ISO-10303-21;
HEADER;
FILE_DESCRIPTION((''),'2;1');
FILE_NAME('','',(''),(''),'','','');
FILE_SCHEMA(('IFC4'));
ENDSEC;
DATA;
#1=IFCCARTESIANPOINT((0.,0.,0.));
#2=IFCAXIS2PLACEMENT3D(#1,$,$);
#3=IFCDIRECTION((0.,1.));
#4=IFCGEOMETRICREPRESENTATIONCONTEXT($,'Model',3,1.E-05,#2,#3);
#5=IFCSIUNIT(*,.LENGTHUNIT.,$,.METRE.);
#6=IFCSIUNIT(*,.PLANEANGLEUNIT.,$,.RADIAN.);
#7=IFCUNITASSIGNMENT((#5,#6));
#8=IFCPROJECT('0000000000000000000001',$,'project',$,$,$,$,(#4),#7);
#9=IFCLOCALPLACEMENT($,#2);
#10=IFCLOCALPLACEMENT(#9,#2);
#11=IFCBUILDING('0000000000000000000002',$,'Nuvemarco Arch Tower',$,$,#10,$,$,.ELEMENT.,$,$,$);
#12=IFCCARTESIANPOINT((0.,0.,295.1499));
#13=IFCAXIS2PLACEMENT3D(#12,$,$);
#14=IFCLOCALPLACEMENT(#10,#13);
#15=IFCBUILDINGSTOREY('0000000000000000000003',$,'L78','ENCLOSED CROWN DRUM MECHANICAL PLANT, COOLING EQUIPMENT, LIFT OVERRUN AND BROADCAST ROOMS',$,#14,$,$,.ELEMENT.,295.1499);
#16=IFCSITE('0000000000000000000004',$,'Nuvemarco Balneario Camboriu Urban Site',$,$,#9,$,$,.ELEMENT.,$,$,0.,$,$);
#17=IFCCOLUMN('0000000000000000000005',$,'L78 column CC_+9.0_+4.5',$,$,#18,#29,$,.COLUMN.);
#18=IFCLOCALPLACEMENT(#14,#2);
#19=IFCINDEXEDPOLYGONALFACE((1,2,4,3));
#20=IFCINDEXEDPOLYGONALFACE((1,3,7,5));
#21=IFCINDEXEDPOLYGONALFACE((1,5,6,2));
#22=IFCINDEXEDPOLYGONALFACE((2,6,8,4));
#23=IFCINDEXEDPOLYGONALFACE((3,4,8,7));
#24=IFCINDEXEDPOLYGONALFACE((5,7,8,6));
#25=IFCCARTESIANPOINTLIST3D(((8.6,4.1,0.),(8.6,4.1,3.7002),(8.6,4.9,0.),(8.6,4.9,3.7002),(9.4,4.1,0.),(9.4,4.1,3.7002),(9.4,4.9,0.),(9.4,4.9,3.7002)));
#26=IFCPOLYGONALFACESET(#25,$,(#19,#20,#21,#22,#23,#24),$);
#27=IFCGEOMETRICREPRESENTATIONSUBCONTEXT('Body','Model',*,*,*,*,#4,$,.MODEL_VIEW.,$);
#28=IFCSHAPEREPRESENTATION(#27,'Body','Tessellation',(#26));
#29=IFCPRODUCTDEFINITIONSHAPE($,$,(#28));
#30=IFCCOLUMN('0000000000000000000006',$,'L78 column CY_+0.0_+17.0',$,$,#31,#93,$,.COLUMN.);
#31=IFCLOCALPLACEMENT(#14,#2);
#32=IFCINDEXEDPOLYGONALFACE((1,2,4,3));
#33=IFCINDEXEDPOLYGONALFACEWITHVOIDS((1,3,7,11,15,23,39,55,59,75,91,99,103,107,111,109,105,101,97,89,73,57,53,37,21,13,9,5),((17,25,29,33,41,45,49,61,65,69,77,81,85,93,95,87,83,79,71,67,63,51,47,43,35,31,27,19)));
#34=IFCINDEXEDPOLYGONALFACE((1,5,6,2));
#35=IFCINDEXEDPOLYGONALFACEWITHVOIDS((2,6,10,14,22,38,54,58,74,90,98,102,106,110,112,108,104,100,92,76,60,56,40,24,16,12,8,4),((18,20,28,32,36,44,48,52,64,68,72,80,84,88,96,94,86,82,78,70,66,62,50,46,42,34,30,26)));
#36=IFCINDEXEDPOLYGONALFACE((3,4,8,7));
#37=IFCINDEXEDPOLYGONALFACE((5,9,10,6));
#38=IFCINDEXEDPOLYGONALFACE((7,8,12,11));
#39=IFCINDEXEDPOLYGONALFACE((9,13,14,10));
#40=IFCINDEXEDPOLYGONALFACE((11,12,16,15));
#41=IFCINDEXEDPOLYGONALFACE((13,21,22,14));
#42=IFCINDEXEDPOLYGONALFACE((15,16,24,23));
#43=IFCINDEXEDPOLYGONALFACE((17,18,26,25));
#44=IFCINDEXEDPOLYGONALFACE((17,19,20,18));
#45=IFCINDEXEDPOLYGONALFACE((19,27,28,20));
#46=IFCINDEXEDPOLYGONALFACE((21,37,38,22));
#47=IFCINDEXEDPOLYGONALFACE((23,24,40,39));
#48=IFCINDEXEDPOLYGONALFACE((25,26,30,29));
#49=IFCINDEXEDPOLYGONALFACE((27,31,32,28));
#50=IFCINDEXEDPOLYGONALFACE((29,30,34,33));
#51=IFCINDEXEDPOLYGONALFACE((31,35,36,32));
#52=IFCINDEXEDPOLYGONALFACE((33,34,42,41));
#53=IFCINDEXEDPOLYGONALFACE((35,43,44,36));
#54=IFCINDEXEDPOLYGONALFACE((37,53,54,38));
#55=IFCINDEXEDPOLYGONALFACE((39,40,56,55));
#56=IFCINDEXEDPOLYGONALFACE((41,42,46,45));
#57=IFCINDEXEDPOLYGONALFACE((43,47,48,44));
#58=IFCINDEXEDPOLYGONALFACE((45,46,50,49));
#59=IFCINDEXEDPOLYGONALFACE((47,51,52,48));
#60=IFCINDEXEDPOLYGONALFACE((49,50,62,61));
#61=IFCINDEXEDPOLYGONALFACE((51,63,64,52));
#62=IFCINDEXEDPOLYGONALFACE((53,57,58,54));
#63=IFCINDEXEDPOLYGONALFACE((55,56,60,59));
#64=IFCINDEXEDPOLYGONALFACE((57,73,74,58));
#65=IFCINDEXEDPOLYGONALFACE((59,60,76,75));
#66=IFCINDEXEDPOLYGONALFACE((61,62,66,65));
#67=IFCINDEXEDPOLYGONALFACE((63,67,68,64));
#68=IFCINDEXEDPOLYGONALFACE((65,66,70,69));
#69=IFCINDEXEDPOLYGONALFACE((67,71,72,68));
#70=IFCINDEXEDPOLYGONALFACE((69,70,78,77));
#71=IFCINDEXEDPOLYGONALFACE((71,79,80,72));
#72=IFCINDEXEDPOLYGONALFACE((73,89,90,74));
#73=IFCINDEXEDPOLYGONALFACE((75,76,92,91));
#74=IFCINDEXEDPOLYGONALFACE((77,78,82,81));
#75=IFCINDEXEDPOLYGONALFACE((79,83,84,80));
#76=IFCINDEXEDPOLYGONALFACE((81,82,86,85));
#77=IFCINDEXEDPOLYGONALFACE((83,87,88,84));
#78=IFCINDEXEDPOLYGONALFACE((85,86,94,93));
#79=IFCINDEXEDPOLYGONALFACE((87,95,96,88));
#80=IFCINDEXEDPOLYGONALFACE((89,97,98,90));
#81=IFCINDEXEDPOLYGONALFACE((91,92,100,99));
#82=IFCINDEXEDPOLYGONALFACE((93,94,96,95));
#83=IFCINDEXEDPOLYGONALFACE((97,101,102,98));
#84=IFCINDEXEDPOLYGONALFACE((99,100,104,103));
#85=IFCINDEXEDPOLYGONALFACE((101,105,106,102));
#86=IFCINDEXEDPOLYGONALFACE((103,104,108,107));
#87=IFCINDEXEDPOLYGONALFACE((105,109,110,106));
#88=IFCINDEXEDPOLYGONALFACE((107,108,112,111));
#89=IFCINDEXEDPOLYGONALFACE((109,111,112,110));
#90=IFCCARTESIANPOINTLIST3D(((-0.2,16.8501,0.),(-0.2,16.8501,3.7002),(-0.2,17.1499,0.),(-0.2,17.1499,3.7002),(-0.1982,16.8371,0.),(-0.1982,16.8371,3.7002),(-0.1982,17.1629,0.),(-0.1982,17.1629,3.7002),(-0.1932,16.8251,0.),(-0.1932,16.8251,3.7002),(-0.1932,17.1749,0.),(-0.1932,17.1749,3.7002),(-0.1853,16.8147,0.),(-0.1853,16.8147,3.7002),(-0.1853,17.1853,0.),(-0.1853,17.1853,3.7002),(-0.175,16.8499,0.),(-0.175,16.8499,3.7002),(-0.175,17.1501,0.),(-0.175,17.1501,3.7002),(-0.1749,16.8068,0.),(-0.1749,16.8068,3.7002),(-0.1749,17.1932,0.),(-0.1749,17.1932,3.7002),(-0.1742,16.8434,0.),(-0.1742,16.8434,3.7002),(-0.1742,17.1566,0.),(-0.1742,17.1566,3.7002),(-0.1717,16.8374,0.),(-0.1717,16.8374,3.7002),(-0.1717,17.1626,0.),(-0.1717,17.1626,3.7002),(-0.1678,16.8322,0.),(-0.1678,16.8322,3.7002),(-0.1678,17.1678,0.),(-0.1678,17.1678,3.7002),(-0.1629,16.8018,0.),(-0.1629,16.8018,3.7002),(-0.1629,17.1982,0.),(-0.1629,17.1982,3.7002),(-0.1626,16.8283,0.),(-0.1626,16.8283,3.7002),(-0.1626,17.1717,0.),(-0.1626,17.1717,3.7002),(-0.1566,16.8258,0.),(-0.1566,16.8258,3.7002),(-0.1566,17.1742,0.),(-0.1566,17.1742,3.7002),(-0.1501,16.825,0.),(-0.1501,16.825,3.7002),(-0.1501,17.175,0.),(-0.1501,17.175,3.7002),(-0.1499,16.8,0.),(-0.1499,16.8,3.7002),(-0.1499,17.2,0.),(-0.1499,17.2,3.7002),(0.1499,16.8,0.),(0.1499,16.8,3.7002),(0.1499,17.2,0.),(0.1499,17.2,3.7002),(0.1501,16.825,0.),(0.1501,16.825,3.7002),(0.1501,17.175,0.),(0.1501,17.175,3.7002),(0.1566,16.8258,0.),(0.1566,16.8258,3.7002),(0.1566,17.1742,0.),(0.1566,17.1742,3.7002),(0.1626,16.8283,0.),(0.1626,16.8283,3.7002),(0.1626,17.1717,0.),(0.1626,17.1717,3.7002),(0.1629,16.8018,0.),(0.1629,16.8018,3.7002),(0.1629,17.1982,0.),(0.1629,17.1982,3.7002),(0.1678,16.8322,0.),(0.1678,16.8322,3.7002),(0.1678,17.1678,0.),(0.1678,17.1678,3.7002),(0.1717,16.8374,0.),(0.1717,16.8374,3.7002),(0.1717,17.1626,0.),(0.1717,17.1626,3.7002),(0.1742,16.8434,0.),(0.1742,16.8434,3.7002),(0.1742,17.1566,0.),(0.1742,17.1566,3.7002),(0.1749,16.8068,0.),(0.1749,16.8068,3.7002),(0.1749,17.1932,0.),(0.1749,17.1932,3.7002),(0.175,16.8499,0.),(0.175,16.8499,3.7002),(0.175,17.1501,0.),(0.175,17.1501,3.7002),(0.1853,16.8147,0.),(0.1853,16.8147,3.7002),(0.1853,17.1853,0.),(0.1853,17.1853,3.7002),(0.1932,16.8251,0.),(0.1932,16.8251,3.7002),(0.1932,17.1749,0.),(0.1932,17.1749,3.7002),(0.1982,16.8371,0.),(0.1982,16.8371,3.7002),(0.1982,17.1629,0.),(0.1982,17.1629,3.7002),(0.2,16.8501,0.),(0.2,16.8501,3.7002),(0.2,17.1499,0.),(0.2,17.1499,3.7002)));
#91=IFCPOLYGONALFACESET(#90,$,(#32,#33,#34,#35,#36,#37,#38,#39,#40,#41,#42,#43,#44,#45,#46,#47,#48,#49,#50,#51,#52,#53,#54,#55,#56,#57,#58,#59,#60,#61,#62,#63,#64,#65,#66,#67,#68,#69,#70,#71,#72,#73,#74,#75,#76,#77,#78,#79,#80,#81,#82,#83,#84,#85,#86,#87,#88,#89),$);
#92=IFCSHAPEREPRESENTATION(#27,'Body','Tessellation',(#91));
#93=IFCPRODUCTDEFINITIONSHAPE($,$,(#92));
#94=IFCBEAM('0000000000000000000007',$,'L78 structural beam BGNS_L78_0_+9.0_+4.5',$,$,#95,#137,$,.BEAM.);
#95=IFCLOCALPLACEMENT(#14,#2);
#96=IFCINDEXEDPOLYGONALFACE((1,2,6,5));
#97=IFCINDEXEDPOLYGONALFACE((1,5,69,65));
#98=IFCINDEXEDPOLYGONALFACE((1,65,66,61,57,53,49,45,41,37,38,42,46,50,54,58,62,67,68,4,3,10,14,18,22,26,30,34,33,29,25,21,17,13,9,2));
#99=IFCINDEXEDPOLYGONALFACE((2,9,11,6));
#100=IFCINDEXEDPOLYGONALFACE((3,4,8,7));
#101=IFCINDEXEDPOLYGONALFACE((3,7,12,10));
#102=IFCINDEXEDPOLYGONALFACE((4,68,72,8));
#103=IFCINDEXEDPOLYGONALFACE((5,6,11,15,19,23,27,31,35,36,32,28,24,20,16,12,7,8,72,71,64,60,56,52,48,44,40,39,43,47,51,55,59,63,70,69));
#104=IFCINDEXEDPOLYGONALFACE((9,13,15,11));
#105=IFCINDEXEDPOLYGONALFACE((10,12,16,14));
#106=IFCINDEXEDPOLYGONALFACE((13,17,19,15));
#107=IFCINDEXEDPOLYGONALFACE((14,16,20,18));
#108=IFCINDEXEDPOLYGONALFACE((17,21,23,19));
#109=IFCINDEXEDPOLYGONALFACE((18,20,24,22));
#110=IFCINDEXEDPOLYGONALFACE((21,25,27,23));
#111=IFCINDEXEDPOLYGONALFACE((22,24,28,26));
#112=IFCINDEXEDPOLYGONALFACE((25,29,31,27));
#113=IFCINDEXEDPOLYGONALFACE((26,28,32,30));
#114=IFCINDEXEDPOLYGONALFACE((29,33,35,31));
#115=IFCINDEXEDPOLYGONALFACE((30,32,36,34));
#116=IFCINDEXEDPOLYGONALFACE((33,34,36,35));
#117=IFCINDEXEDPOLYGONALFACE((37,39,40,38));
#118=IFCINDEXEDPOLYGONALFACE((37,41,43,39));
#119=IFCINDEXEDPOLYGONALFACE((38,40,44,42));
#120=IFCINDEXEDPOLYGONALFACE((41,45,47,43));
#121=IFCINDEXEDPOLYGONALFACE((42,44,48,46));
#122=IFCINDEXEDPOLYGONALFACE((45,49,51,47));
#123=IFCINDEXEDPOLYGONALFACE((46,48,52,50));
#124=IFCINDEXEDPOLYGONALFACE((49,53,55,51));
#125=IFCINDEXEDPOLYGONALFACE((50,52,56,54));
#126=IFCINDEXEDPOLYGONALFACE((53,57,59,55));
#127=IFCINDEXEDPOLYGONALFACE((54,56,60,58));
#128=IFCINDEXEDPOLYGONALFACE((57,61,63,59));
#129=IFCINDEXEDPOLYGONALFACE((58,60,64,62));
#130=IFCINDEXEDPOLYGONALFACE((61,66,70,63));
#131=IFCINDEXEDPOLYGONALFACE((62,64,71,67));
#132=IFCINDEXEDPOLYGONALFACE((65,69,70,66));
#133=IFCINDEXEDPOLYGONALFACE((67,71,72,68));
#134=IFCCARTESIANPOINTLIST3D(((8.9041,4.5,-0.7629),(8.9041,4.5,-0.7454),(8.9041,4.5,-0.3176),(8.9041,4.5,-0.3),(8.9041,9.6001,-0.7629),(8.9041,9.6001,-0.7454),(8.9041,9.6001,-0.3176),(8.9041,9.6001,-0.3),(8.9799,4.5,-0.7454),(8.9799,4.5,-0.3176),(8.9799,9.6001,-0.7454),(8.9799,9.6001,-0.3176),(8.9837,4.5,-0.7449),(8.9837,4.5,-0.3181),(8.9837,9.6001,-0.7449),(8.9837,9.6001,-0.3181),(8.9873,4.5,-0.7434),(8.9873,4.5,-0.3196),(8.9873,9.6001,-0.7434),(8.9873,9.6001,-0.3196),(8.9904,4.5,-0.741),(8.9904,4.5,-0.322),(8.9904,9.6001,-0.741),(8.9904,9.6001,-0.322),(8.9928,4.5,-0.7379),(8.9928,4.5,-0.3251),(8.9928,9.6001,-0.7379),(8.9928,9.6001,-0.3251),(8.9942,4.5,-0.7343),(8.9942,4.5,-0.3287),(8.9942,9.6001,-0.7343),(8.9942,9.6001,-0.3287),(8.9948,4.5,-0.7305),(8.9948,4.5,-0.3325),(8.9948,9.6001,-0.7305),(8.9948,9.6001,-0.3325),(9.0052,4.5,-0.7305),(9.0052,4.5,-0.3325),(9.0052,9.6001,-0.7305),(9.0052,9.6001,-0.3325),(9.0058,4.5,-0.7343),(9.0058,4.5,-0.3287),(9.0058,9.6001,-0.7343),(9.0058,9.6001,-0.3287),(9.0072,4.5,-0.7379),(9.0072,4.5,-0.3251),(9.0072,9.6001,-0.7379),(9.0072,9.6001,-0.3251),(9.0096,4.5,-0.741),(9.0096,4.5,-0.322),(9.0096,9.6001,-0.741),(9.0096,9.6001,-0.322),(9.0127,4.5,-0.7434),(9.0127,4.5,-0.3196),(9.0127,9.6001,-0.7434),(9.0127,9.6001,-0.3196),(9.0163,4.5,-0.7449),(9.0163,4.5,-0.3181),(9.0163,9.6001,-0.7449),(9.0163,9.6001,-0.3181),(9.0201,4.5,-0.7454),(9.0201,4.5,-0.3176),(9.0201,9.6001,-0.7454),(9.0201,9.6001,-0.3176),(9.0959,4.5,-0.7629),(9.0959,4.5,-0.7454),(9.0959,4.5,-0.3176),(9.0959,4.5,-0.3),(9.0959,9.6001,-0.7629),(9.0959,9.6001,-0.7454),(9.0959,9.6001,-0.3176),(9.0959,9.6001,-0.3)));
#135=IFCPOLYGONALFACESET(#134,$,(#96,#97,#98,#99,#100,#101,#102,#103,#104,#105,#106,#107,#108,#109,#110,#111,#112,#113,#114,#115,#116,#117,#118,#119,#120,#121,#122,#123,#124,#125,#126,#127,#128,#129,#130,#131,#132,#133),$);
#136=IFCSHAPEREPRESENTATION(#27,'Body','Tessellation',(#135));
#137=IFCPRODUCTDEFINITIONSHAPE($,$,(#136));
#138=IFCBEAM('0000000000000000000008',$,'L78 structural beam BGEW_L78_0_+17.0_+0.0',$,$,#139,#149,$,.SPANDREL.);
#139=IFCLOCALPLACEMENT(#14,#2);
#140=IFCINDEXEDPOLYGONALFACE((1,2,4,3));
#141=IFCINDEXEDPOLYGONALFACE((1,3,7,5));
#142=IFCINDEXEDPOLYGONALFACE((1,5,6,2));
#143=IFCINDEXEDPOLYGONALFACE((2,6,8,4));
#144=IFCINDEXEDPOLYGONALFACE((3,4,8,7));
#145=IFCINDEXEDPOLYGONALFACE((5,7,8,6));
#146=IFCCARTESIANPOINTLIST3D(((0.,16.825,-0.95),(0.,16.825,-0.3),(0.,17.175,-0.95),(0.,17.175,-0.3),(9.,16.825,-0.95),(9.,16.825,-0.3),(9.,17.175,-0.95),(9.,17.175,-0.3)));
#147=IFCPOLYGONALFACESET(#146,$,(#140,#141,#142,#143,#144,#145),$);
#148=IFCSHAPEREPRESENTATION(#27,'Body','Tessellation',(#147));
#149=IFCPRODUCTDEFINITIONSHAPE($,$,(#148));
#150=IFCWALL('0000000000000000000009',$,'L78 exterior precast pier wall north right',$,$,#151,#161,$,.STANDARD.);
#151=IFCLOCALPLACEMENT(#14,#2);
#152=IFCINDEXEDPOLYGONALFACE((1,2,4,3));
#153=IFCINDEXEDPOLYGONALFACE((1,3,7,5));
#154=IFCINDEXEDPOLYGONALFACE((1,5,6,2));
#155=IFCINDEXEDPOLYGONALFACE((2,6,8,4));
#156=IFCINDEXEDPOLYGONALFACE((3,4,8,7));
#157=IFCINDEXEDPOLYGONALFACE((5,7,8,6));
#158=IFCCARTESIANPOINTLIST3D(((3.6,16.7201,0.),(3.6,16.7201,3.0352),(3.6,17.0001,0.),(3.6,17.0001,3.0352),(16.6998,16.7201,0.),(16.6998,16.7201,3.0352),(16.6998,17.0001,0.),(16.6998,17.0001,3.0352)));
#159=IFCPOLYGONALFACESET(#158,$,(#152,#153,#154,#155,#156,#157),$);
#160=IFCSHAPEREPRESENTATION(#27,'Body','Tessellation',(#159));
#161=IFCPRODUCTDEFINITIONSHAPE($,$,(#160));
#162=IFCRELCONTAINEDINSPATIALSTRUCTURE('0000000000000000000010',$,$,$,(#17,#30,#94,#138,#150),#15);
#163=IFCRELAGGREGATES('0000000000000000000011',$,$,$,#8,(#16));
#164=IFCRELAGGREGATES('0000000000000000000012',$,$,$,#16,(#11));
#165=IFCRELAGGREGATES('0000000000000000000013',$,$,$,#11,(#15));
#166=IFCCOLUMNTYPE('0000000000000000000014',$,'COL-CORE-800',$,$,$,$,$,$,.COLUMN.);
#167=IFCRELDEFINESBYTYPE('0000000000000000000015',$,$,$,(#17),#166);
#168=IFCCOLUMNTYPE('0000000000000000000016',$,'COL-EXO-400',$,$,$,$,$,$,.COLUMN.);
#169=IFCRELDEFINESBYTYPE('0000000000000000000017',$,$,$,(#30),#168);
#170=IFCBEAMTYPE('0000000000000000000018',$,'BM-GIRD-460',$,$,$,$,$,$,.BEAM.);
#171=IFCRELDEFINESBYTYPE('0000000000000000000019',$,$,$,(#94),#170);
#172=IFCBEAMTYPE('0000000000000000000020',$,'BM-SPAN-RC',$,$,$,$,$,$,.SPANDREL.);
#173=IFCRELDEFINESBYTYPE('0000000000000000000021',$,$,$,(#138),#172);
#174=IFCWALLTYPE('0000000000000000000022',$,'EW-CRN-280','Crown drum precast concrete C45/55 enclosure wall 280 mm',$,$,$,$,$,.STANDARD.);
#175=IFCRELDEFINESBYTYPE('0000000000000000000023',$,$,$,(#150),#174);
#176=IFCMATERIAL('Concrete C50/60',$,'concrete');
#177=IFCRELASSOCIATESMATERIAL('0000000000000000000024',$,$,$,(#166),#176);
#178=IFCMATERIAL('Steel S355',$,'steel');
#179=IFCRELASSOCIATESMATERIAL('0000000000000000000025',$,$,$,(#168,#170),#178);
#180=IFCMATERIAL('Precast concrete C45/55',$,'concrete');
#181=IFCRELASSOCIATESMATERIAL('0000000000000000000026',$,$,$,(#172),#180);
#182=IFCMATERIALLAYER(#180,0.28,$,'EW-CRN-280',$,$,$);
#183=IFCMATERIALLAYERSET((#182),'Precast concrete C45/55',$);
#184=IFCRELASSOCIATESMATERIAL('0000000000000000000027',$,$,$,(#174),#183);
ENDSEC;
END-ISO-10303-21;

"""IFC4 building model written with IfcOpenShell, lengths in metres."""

from ifc_helpers import new_model, si_unit, direction, frame, frame_2d, origin, origin_2d, place, context, subcontext, project, spatial, rectangle, hollow_rectangle, i_section, extrude, material, layer, layer_set, material_profile, profile_set, type_object, element, save


model = new_model("IFC4")

# Units and contexts
model_context = context("Model", 3, precision=1e-05, world=origin(), true_north=direction((0.0, 1.0)))
body_context = subcontext(model_context, "Body", "Model", "MODEL_VIEW")
ifc_project = project(units=[si_unit("LENGTHUNIT", "METRE"), si_unit("PLANEANGLEUNIT", "RADIAN")], contexts=[model_context])

# Site, building, storey
site_placement = place(None, origin())
site = spatial("IfcSite", under=ifc_project, at=site_placement, Name="Nuvemarco Balneario Camboriu Urban Site", CompositionType="ELEMENT", RefElevation=0.0)
building_placement = place(site_placement, origin())
building = spatial("IfcBuilding", under=site, at=building_placement, Name="Nuvemarco Arch Tower", CompositionType="ELEMENT")
storey_placement = place(building_placement, frame((0.0, 0.0, 295.1499)))
storey = spatial("IfcBuildingStorey", under=building, at=storey_placement, Name="L78", Description="ENCLOSED CROWN DRUM MECHANICAL PLANT, COOLING EQUIPMENT, LIFT OVERRUN AND BROADCAST ROOMS", CompositionType="ELEMENT", Elevation=295.1499)

# Columns
ifc_material_1 = material(Name="Concrete C50/60", Category="concrete")
ifc_material_profile_1 = material_profile(ifc_material_1, rectangle(XDim=0.8, YDim=0.8, at=origin_2d()), Name="RC-COL-800x800")
ifc_profile_set_1 = profile_set([ifc_material_profile_1], Name="Concrete C50/60")
column_type_1 = type_object("IfcColumnType", Name="COL-CORE-800", PredefinedType="COLUMN", material=ifc_profile_set_1)
column_1_placement = place(storey_placement, frame((9.0, 4.5, 0.0), z_axis=(0.0, 0.0, 1.0), x_axis=(1.0, 0.0, 0.0)))
element("IfcColumn", 1, at=column_1_placement, inside=storey, type_object=column_type_1, Name="L78 column CC_+9.0_+4.5", PredefinedType="COLUMN", context=body_context, shape_type="SweptSolid", body=[
    extrude(rectangle(XDim=0.8, YDim=0.8, at=origin_2d()), origin(), (0.0, 0.0, 1.0), 3.7002),
])
ifc_material_2 = material(Name="Steel S355", Category="steel")
ifc_material_profile_2 = material_profile(ifc_material_2, hollow_rectangle(XDim=0.3999, YDim=0.3999, WallThickness=0.0249, InnerFilletRadius=0.0249, OuterFilletRadius=0.05, at=origin_2d()), Name="SHS400x400x25")
ifc_profile_set_2 = profile_set([ifc_material_profile_2], Name="Steel S355")
column_type_2 = type_object("IfcColumnType", Name="COL-EXO-400", PredefinedType="COLUMN", material=ifc_profile_set_2)
column_2_placement = place(storey_placement, frame((0.0, 17.0, 0.0), z_axis=(0.0, 0.0, 1.0), x_axis=(1.0, 0.0, 0.0)))
element("IfcColumn", 2, at=column_2_placement, inside=storey, type_object=column_type_2, Name="L78 column CY_+0.0_+17.0", PredefinedType="COLUMN", context=body_context, shape_type="SweptSolid", body=[
    extrude(hollow_rectangle(XDim=0.3999, YDim=0.3999, WallThickness=0.0249, InnerFilletRadius=0.0249, OuterFilletRadius=0.05, at=origin_2d()), origin(), (0.0, 0.0, 1.0), 3.7002),
])

# Beams
ifc_material_profile_3 = material_profile(ifc_material_2, i_section(OverallWidth=0.1919, OverallDepth=0.4629, WebThickness=0.0105, FlangeThickness=0.0176, FilletRadius=0.0149, at=origin_2d()), Name="W460x89")
ifc_profile_set_3 = profile_set([ifc_material_profile_3], Name="Steel S355")
beam_type_1 = type_object("IfcBeamType", Name="BM-GIRD-460", PredefinedType="BEAM", material=ifc_profile_set_3)
beam_1_placement = place(storey_placement, frame((9.0, 4.5, -0.5315), z_axis=(0.0, 1.0, 0.0), x_axis=(-1.0, 0.0, 0.0)))
element("IfcBeam", 3, at=beam_1_placement, inside=storey, type_object=beam_type_1, Name="L78 structural beam BGNS_L78_0_+9.0_+4.5", PredefinedType="BEAM", context=body_context, shape_type="SweptSolid", body=[
    extrude(i_section(OverallWidth=0.1919, OverallDepth=0.4629, WebThickness=0.0105, FlangeThickness=0.0176, FilletRadius=0.0149, at=origin_2d()), origin(), (0.0, 0.0, 1.0), 5.1001),
])
ifc_material_3 = material(Name="Precast concrete C45/55", Category="concrete")
ifc_material_profile_4 = material_profile(ifc_material_3, rectangle(XDim=0.3501, YDim=0.6499, at=origin_2d()), Name="PC-SP-350x650")
ifc_profile_set_4 = profile_set([ifc_material_profile_4], Name="Precast concrete C45/55")
beam_type_2 = type_object("IfcBeamType", Name="BM-SPAN-RC", PredefinedType="SPANDREL", material=ifc_profile_set_4)
beam_2_placement = place(storey_placement, frame((0.0, 17.0, -0.625), z_axis=(1.0, 0.0, 0.0), x_axis=(0.0, 1.0, 0.0)))
element("IfcBeam", 4, at=beam_2_placement, inside=storey, type_object=beam_type_2, Name="L78 structural beam BGEW_L78_0_+17.0_+0.0", PredefinedType="SPANDREL", context=body_context, shape_type="SweptSolid", body=[
    extrude(rectangle(XDim=0.3501, YDim=0.6499, at=origin_2d()), origin(), (0.0, 0.0, 1.0), 9.0),
])

# Wall
ifc_layer_1 = layer(ifc_material_3, 0.28, Name="EW-CRN-280")
ifc_layer_set_1 = layer_set([ifc_layer_1], Name="Precast concrete C45/55")
wall_type_1 = type_object("IfcWallType", Name="EW-CRN-280", Description="Crown drum precast concrete C45/55 enclosure wall 280 mm", PredefinedType="STANDARD", material=ifc_layer_set_1)
wall_1_placement = place(storey_placement, frame((3.6001, 16.8601, 0.0), z_axis=(0.0, 0.0, 1.0), x_axis=(1.0, 0.0, 0.0)))
element("IfcWall", 5, at=wall_1_placement, inside=storey, type_object=wall_type_1, Name="L78 exterior precast pier wall north right", PredefinedType="STANDARD", context=body_context, shape_type="SweptSolid", body=[
    extrude(rectangle(XDim=13.0999, YDim=0.28, at=frame_2d((6.5498, 0.0))), origin(), (0.0, 0.0, 1.0), 3.0352),
])

save(model, "model.ifc")
